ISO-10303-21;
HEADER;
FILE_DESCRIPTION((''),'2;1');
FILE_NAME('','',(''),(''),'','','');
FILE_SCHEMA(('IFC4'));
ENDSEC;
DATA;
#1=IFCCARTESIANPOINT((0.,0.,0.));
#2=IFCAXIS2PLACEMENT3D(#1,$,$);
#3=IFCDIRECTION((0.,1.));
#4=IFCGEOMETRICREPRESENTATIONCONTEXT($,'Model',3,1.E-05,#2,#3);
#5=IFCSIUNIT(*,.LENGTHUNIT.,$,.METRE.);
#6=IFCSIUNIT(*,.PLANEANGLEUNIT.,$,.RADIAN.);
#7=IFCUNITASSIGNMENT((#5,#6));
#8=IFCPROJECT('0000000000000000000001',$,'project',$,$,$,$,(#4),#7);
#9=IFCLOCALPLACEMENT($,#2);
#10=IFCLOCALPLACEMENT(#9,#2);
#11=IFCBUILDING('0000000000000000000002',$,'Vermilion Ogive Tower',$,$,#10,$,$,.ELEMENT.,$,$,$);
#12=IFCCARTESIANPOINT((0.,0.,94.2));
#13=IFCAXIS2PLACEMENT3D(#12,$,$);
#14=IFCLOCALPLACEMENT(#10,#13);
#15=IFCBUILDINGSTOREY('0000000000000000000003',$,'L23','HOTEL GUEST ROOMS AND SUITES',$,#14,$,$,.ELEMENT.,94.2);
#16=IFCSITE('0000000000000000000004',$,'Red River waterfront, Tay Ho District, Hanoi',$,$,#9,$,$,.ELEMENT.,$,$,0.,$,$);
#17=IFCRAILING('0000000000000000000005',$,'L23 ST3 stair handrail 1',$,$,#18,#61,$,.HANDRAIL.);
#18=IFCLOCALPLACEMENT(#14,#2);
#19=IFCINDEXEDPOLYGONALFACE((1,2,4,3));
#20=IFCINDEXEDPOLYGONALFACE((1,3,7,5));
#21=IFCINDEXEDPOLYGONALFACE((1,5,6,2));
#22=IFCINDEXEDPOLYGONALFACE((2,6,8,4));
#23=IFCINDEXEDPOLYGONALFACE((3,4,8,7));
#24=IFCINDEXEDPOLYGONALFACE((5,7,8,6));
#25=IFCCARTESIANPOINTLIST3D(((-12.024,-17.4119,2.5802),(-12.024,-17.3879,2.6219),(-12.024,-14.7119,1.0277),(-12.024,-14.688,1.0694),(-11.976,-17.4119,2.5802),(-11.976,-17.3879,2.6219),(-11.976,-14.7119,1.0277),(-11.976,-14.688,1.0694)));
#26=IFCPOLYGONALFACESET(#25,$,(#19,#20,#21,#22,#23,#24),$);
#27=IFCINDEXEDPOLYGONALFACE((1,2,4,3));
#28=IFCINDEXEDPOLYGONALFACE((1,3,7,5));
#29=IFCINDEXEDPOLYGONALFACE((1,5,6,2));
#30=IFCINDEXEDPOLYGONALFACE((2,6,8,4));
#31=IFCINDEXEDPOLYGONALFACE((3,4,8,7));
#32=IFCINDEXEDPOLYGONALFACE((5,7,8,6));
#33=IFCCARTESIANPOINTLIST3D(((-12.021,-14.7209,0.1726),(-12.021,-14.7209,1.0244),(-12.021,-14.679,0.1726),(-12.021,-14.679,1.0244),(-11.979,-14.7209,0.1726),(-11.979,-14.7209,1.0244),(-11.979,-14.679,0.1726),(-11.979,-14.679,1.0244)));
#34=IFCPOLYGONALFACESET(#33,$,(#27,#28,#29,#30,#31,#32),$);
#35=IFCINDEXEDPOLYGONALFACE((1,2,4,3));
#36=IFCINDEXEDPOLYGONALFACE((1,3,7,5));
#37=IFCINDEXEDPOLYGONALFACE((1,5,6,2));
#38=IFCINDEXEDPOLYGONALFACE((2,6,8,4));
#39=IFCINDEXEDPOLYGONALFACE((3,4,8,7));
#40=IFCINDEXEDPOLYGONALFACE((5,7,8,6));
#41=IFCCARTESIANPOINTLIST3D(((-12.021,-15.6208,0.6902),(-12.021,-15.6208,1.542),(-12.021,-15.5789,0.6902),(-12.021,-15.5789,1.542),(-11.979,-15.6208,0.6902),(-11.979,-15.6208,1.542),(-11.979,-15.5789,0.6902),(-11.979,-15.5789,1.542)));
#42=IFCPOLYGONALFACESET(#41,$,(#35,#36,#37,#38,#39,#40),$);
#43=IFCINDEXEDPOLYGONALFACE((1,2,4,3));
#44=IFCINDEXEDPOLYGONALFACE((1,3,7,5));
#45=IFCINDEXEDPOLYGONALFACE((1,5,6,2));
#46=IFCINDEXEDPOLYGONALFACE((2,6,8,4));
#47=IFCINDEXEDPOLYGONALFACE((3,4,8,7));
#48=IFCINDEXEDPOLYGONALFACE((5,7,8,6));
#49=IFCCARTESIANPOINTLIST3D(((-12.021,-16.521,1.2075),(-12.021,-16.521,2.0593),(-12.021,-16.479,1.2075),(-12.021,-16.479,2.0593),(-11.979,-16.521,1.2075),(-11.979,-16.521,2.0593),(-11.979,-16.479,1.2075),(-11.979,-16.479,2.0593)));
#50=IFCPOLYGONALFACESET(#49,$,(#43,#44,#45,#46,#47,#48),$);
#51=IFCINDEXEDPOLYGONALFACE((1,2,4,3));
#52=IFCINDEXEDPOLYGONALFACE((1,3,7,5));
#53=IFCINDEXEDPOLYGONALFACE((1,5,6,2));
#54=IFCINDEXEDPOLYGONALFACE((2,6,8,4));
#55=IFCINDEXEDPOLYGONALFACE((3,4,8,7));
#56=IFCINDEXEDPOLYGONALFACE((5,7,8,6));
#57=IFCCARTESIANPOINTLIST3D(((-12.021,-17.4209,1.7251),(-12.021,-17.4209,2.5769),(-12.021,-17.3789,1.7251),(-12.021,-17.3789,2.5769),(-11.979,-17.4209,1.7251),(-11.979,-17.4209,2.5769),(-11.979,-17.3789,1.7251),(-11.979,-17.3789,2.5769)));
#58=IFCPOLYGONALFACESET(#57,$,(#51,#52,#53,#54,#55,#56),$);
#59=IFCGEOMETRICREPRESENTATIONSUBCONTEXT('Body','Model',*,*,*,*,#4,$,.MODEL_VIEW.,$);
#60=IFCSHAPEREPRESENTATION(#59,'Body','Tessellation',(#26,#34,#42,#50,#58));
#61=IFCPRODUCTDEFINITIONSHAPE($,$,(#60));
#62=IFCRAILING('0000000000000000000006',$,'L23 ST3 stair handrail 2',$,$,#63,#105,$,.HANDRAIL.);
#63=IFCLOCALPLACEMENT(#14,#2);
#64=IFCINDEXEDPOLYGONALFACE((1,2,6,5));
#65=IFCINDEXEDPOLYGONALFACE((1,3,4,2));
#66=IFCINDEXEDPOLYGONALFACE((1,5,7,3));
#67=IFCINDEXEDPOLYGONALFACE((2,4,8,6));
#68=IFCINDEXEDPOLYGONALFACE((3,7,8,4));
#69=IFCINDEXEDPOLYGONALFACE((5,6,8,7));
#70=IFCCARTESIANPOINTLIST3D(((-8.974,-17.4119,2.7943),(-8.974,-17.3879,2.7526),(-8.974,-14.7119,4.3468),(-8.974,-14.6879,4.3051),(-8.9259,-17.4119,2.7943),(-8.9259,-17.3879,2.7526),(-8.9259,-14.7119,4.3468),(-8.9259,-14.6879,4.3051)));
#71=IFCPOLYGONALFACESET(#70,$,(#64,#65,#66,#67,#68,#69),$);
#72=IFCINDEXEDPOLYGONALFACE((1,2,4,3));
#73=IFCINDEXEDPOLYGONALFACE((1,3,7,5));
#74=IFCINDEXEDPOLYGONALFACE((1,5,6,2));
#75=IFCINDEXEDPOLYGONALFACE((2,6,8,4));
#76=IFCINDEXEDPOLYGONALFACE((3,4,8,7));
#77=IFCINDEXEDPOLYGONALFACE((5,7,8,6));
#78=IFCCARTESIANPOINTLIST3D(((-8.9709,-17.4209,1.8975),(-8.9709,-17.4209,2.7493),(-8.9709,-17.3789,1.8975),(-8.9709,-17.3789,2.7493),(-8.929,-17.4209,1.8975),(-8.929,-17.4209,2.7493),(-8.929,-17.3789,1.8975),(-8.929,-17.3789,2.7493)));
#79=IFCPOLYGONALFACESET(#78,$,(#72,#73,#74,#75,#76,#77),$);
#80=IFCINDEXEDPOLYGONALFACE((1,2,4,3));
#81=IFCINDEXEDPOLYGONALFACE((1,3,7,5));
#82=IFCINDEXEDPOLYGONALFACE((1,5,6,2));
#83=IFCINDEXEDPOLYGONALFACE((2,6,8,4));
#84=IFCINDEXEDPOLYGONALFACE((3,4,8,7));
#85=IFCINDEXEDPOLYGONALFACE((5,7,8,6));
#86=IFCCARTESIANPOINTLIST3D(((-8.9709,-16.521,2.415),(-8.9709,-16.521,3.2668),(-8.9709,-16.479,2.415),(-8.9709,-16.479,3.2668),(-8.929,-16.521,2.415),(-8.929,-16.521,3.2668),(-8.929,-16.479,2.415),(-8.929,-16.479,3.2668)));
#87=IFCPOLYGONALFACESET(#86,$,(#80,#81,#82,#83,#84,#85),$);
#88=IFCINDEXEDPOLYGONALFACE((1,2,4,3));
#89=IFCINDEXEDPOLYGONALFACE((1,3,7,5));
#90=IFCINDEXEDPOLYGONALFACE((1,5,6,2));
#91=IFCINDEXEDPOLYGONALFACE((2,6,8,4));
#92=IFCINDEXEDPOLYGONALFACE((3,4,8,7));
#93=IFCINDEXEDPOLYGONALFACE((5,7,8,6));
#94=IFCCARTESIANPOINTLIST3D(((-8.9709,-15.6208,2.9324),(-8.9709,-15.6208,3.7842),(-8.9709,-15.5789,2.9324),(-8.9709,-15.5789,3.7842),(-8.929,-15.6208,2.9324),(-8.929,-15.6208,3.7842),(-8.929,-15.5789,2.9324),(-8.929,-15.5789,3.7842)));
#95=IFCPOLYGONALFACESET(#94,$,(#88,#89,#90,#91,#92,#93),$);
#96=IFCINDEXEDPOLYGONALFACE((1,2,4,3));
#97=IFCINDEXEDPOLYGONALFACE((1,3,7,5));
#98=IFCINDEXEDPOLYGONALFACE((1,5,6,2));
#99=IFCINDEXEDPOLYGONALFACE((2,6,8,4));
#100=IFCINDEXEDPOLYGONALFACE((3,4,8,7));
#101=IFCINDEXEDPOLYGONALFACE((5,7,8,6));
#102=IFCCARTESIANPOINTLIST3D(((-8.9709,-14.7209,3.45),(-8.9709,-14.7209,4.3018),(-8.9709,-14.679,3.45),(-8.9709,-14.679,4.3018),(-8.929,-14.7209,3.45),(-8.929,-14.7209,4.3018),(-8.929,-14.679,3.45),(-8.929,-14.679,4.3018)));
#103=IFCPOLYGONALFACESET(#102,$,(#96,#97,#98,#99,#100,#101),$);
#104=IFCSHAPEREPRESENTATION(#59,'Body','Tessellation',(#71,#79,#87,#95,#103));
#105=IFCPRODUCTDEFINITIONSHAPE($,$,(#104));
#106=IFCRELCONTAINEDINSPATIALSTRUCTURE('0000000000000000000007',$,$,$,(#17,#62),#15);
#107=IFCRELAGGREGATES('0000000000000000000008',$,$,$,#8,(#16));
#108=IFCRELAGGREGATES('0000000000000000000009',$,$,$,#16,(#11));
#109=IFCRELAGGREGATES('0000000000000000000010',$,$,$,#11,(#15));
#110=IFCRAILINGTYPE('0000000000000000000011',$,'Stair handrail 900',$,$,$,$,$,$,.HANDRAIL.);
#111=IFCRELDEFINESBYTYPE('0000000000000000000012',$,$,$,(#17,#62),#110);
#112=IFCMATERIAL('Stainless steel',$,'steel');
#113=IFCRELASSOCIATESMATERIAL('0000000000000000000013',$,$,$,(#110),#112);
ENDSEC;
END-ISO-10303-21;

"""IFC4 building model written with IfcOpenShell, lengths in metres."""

from ifc_helpers import new_model, si_unit, direction, frame, origin, origin_2d, place, context, subcontext, project, spatial, rectangle, extrude, material, type_object, element, save


model = new_model("IFC4")

# Units and contexts
model_context = context("Model", 3, precision=1e-05, world=origin(), true_north=direction((0.0, 1.0)))
body_context = subcontext(model_context, "Body", "Model", "MODEL_VIEW")
ifc_project = project(units=[si_unit("LENGTHUNIT", "METRE"), si_unit("PLANEANGLEUNIT", "RADIAN")], contexts=[model_context])

# Site, building, storey
site_placement = place(None, origin())
site = spatial("IfcSite", under=ifc_project, at=site_placement, Name="Red River waterfront, Tay Ho District, Hanoi", CompositionType="ELEMENT", RefElevation=0.0)
building_placement = place(site_placement, origin())
building = spatial("IfcBuilding", under=site, at=building_placement, Name="Vermilion Ogive Tower", CompositionType="ELEMENT")
storey_placement = place(building_placement, frame((0.0, 0.0, 94.2)))
storey = spatial("IfcBuildingStorey", under=building, at=storey_placement, Name="L23", Description="HOTEL GUEST ROOMS AND SUITES", CompositionType="ELEMENT", Elevation=94.2)

# Railings
ifc_material_1 = material(Name="Stainless steel", Category="steel")
railing_type_1 = type_object("IfcRailingType", Name="Stair handrail 900", PredefinedType="HANDRAIL", material=ifc_material_1)
railing_1_placement = place(storey_placement, frame((-12.0, -14.7, 0.1726)))
element("IfcRailing", 1, at=railing_1_placement, inside=storey, type_object=railing_type_1, Name="L23 ST3 stair handrail 1", PredefinedType="HANDRAIL", context=body_context, shape_type="SweptSolid", body=[
    extrude(rectangle(XDim=0.0481, YDim=0.0481, at=origin_2d()), frame((0.0, 0.0, 0.876), z_axis=(0.0, -0.866904, 0.498476), x_axis=(1.0, 0.0, 0.0)), (0.0, 0.0, 1.0), 3.1145),
    extrude(rectangle(XDim=0.042, YDim=0.042, at=origin_2d()), origin(), (0.0, 0.0, 1.0), 0.8518),
    extrude(rectangle(XDim=0.042, YDim=0.042, at=origin_2d()), frame((0.0, -0.8999, 0.5176)), (0.0, 0.0, 1.0), 0.8518),
    extrude(rectangle(XDim=0.042, YDim=0.042, at=origin_2d()), frame((0.0, -1.8, 1.0349)), (0.0, 0.0, 1.0), 0.8518),
    extrude(rectangle(XDim=0.042, YDim=0.042, at=origin_2d()), frame((0.0, -2.7, 1.5525)), (0.0, 0.0, 1.0), 0.8518),
])
railing_2_placement = place(storey_placement, frame((-8.95, -17.3999, 1.8975)))
element("IfcRailing", 2, at=railing_2_placement, inside=storey, type_object=railing_type_1, Name="L23 ST3 stair handrail 2", PredefinedType="HANDRAIL", context=body_context, shape_type="SweptSolid", body=[
    extrude(rectangle(XDim=0.0481, YDim=0.0481, at=origin_2d()), frame((0.0, 0.0, 0.876), z_axis=(0.0, 0.866904, 0.498476), x_axis=(-1.0, 0.0, 0.0)), (0.0, 0.0, 1.0), 3.1145),
    extrude(rectangle(XDim=0.042, YDim=0.042, at=origin_2d()), origin(), (0.0, 0.0, 1.0), 0.8518),
    extrude(rectangle(XDim=0.042, YDim=0.042, at=origin_2d()), frame((0.0, 0.8999, 0.5176)), (0.0, 0.0, 1.0), 0.8518),
    extrude(rectangle(XDim=0.042, YDim=0.042, at=origin_2d()), frame((0.0, 1.8, 1.0349)), (0.0, 0.0, 1.0), 0.8518),
    extrude(rectangle(XDim=0.042, YDim=0.042, at=origin_2d()), frame((0.0, 2.7, 1.5525)), (0.0, 0.0, 1.0), 0.8518),
])

save(model, "model.ifc")
